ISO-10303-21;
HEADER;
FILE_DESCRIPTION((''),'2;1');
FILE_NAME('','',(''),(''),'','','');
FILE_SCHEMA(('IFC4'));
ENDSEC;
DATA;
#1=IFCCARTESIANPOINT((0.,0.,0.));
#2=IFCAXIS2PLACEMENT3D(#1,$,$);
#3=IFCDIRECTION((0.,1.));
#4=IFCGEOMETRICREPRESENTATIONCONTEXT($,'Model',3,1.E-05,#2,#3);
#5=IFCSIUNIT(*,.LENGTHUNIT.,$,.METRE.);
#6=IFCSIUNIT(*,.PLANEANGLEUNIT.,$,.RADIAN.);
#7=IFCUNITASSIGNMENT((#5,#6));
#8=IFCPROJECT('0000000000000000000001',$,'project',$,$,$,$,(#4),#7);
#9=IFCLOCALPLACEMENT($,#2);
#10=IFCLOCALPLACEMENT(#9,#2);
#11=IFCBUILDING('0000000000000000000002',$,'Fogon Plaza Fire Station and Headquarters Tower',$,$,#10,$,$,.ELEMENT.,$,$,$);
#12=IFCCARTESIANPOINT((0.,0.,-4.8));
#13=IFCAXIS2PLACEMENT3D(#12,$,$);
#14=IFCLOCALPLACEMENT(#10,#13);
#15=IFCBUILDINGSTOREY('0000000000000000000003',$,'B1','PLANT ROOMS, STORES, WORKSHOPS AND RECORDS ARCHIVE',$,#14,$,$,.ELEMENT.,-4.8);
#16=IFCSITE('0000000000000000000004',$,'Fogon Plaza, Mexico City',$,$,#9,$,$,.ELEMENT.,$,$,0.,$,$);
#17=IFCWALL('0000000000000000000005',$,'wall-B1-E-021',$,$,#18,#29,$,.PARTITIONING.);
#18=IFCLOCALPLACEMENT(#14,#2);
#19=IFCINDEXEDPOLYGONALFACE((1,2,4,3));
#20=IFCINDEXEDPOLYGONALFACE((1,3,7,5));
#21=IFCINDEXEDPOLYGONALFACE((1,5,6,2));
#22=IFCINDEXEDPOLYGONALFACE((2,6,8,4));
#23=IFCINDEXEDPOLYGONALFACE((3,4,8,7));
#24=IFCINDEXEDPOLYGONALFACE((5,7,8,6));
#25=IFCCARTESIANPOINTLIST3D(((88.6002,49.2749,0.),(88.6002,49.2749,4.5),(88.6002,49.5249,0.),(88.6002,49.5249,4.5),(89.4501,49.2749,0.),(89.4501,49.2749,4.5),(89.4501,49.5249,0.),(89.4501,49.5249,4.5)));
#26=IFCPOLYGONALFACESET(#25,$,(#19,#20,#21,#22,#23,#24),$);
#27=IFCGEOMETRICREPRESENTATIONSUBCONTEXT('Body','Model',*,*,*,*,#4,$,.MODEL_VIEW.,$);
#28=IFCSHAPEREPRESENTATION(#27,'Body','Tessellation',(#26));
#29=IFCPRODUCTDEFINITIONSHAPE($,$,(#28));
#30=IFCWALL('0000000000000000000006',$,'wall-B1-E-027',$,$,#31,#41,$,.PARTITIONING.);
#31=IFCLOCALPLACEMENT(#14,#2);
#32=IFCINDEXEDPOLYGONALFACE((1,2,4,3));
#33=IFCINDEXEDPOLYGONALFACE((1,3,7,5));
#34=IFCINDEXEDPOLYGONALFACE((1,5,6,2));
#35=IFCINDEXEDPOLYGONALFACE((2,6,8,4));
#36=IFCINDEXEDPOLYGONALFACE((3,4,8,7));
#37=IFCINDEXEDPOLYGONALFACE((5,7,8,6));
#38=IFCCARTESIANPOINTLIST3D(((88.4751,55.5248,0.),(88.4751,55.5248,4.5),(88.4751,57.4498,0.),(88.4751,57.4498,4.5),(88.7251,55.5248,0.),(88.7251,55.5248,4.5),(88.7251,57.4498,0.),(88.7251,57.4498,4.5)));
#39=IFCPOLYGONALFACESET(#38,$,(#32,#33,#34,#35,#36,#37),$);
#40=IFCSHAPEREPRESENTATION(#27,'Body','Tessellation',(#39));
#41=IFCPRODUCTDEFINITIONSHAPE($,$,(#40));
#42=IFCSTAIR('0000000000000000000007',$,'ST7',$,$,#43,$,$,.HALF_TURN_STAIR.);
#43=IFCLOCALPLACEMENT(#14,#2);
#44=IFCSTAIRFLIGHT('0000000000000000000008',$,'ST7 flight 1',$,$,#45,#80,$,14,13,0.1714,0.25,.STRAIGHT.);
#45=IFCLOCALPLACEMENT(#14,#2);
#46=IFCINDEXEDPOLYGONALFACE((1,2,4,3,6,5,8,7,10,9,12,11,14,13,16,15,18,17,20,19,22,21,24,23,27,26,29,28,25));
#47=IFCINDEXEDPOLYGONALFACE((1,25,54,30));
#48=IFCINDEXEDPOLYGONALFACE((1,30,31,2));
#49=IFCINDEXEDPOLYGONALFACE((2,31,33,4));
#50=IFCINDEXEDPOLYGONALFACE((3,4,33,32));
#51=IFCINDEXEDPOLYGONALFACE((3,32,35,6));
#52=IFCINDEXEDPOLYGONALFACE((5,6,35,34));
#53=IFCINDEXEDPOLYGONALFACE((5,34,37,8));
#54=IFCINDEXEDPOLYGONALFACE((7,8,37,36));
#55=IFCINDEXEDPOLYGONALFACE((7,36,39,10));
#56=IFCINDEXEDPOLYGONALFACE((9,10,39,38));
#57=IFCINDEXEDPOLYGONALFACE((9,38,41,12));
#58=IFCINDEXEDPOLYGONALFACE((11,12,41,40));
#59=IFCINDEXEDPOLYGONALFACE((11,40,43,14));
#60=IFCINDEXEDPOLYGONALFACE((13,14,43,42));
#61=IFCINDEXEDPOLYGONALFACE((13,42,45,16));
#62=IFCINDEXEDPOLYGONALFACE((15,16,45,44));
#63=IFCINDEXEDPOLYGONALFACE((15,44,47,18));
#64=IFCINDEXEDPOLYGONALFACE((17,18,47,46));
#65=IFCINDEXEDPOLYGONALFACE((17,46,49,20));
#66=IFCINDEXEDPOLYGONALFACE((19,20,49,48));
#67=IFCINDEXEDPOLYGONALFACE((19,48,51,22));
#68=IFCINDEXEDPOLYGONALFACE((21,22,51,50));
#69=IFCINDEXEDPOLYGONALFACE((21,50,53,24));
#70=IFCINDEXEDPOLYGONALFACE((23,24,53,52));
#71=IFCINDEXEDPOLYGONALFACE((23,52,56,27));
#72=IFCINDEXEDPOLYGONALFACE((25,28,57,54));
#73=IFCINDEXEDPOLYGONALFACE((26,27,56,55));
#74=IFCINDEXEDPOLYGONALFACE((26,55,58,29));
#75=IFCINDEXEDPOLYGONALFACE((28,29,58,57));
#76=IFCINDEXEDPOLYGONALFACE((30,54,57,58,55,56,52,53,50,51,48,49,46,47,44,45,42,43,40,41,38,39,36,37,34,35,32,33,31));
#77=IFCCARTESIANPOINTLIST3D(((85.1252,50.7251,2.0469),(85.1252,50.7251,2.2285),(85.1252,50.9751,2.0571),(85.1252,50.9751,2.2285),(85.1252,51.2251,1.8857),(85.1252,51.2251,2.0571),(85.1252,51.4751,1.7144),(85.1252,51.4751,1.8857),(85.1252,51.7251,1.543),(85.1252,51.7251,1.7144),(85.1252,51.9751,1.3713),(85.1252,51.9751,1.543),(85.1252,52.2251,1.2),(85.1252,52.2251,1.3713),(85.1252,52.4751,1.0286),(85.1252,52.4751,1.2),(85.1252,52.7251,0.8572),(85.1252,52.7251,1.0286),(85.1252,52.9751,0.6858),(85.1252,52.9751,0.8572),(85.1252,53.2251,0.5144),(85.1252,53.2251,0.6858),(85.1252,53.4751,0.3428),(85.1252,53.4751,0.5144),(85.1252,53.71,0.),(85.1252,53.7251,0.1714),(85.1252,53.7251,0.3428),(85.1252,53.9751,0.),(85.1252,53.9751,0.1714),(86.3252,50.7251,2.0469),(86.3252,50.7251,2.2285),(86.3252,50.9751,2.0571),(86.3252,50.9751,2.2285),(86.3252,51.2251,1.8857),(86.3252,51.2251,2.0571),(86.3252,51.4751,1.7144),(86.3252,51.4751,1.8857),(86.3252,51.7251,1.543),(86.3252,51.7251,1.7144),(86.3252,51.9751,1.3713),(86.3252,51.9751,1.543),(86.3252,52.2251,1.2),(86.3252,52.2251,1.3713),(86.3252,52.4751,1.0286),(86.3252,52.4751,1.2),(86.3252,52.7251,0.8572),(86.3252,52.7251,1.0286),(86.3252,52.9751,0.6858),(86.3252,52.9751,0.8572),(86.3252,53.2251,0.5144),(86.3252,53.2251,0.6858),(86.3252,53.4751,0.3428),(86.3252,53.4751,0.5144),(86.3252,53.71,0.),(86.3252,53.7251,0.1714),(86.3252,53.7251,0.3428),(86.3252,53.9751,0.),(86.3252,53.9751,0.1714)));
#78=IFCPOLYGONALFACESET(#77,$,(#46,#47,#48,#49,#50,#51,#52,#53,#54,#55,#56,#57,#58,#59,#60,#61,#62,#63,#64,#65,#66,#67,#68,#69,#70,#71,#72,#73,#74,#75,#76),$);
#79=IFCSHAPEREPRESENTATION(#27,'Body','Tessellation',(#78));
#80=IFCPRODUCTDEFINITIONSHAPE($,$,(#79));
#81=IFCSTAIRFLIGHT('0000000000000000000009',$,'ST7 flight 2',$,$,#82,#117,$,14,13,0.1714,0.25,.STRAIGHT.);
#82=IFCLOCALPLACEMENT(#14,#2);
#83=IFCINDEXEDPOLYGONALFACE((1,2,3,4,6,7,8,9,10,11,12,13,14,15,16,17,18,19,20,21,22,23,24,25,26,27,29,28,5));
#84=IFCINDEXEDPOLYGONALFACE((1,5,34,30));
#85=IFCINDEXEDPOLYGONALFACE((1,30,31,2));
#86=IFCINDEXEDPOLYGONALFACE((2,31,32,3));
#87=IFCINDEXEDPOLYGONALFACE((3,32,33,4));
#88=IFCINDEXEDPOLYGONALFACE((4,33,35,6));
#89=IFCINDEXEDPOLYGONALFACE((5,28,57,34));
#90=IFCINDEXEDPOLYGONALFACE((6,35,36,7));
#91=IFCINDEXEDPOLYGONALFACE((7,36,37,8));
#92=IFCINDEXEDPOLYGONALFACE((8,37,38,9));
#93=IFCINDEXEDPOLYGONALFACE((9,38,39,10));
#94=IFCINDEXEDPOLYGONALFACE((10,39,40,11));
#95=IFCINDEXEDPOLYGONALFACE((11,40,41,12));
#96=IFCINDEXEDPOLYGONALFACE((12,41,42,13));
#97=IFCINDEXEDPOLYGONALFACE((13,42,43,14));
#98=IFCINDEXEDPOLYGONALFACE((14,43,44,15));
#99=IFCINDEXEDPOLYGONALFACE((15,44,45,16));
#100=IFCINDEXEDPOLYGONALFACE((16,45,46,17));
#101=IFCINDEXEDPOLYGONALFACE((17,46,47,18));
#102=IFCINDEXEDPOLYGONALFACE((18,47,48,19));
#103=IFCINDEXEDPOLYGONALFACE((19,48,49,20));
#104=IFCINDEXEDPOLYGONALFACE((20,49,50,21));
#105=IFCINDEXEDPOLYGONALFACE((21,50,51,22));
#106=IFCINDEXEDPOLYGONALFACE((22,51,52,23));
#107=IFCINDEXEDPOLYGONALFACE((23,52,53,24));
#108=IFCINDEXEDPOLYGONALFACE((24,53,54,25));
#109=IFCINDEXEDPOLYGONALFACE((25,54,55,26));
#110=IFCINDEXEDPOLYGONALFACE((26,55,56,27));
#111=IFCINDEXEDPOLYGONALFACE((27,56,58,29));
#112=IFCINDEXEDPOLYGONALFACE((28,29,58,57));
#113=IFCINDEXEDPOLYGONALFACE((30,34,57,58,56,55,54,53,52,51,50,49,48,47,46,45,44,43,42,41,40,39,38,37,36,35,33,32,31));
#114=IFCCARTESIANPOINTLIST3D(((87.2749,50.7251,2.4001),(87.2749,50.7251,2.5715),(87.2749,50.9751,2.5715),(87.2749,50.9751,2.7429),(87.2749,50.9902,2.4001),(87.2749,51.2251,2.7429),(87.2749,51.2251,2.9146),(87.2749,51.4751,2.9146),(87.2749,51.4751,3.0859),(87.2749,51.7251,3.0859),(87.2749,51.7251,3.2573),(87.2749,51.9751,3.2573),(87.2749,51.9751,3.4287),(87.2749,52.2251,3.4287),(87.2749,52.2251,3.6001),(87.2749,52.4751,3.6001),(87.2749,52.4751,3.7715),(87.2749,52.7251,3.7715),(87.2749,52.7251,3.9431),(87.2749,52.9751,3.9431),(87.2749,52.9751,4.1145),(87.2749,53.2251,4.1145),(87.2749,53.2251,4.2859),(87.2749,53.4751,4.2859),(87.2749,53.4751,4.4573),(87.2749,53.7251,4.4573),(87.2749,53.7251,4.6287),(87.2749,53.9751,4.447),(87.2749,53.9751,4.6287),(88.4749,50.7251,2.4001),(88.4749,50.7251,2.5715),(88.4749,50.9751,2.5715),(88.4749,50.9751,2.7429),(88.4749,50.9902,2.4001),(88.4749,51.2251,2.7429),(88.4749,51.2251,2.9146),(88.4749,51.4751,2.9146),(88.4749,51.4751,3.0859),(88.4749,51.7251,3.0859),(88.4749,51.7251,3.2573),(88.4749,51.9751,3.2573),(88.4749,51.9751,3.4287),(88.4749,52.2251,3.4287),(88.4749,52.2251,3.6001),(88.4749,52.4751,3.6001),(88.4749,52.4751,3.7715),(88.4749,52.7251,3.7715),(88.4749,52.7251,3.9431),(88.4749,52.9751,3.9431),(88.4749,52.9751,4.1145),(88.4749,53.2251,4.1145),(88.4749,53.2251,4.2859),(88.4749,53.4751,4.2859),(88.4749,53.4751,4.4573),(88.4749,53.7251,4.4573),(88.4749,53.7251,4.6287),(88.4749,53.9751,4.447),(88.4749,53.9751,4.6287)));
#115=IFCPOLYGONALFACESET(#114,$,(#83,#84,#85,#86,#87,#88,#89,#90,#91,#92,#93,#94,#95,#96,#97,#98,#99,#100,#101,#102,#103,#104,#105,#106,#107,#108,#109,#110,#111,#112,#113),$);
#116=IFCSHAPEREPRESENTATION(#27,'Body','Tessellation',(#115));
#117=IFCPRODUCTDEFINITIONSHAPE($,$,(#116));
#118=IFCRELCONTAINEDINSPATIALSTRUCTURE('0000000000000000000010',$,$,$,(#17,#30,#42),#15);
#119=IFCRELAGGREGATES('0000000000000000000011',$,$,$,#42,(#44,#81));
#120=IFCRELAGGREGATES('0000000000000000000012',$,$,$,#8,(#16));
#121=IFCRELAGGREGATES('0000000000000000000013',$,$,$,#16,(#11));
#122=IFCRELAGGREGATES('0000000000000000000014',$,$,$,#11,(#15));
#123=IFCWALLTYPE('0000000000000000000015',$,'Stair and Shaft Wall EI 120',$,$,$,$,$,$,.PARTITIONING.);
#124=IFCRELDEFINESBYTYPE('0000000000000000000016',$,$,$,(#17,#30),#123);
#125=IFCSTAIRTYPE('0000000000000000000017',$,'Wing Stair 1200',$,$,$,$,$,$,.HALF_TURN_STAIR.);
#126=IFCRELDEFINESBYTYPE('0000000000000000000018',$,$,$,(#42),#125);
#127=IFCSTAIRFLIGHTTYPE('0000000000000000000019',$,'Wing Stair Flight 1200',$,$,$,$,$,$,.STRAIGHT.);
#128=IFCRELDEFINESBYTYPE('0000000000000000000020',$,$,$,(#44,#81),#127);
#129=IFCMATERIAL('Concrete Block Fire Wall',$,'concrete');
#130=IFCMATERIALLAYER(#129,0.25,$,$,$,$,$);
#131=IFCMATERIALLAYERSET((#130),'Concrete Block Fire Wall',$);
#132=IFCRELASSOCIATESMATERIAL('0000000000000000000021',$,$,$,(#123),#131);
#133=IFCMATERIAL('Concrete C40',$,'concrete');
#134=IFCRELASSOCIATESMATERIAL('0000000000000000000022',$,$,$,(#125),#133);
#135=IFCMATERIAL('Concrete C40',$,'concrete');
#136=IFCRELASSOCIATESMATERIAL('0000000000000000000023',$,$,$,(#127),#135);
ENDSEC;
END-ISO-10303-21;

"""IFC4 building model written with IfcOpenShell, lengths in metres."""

from ifc_helpers import new_model, si_unit, direction, frame, frame_2d, origin, place, context, subcontext, project, spatial, polyline, rectangle, outline, extrude, material, layer, layer_set, type_object, element, aggregate, save


model = new_model("IFC4")

# Units and contexts
model_context = context("Model", 3, precision=1e-05, world=origin(), true_north=direction((0.0, 1.0)))
body_context = subcontext(model_context, "Body", "Model", "MODEL_VIEW")
ifc_project = project(units=[si_unit("LENGTHUNIT", "METRE"), si_unit("PLANEANGLEUNIT", "RADIAN")], contexts=[model_context])

# Site, building, storey
site_placement = place(None, origin())
site = spatial("IfcSite", under=ifc_project, at=site_placement, Name="Fogon Plaza, Mexico City", CompositionType="ELEMENT", RefElevation=0.0)
building_placement = place(site_placement, origin())
building = spatial("IfcBuilding", under=site, at=building_placement, Name="Fogon Plaza Fire Station and Headquarters Tower", CompositionType="ELEMENT")
storey_placement = place(building_placement, frame((0.0, 0.0, -4.8)))
storey = spatial("IfcBuildingStorey", under=building, at=storey_placement, Name="B1", Description="PLANT ROOMS, STORES, WORKSHOPS AND RECORDS ARCHIVE", CompositionType="ELEMENT", Elevation=-4.8)

# Walls
ifc_material_1 = material(Name="Concrete Block Fire Wall", Category="concrete")
ifc_layer_1 = layer(ifc_material_1, 0.25)
ifc_layer_set_1 = layer_set([ifc_layer_1], Name="Concrete Block Fire Wall")
wall_type_1 = type_object("IfcWallType", Name="Stair and Shaft Wall EI 120", PredefinedType="PARTITIONING", material=ifc_layer_set_1)
wall_1_placement = place(storey_placement, frame((89.45, 49.3999, 0.0), z_axis=(0.0, 0.0, 1.0), x_axis=(-1.0, 0.0, 0.0)))
element("IfcWall", 1, at=wall_1_placement, inside=storey, type_object=wall_type_1, Name="wall-B1-E-021", PredefinedType="PARTITIONING", context=body_context, shape_type="SweptSolid", body=[
    extrude(rectangle(XDim=0.8499, YDim=0.25, at=frame_2d((0.4248, 0.0))), origin(), (0.0, 0.0, 1.0), 4.5),
])
wall_2_placement = place(storey_placement, frame((88.6001, 55.5249, 0.0), z_axis=(0.0, 0.0, 1.0), x_axis=(0.0, 1.0, 0.0)))
element("IfcWall", 2, at=wall_2_placement, inside=storey, type_object=wall_type_1, Name="wall-B1-E-027", PredefinedType="PARTITIONING", context=body_context, shape_type="SweptSolid", body=[
    extrude(rectangle(XDim=1.925, YDim=0.25, at=frame_2d((0.9624, 0.0))), origin(), (0.0, 0.0, 1.0), 4.5),
])

# Stair, stair flights
ifc_material_2 = material(Name="Concrete C40", Category="concrete")
stair_type = type_object("IfcStairType", Name="Wing Stair 1200", PredefinedType="HALF_TURN_STAIR", material=ifc_material_2)
stair_placement = place(storey_placement, origin())
stair = element("IfcStair", 3, at=stair_placement, inside=storey, type_object=stair_type, Name="ST7", PredefinedType="HALF_TURN_STAIR")
ifc_material_3 = material(Name="Concrete C40", Category="concrete")
stair_flight_type = type_object("IfcStairFlightType", Name="Wing Stair Flight 1200", PredefinedType="STRAIGHT", material=ifc_material_3)
stair_flight_1_placement = place(storey_placement, frame((85.7251, 53.9751, 0.0), z_axis=(0.0, 0.0, 1.0), x_axis=(0.0, -1.0, 0.0)))
stair_flight_1 = element("IfcStairFlight", 4, at=stair_flight_1_placement, type_object=stair_flight_type, Name="ST7 flight 1", NumberOfRisers=14, NumberOfTreads=13, PredefinedType="STRAIGHT", RiserHeight=0.1714, TreadLength=0.25, context=body_context, shape_type="SweptSolid", body=[
    extrude(outline(polyline([(0.0, 0.0), (0.0, 0.1714), (0.25, 0.1714), (0.25, 0.3428), (0.5, 0.3428), (0.5, 0.5144), (0.75, 0.5144), (0.75, 0.6858), (1.0, 0.6858), (1.0, 0.8572), (1.25, 0.8572), (1.25, 1.0286), (1.5, 1.0286), (1.5, 1.2), (1.75, 1.2), (1.75, 1.3713), (2.0, 1.3713), (2.0, 1.543), (2.25, 1.543), (2.25, 1.7144), (2.5, 1.7144), (2.5, 1.8857), (2.75, 1.8857), (2.75, 2.0571), (3.0, 2.0571), (3.0, 2.2285), (3.25, 2.2285), (3.25, 2.3999), (3.25, 2.0469), (0.2651, 0.0), (0.0, 0.0)])), frame((0.0, 0.6001, 0.0), z_axis=(0.0, -1.0, 0.0), x_axis=(1.0, 0.0, 0.0)), (0.0, 0.0, 1.0), 1.2),
])
stair_flight_2_placement = place(storey_placement, frame((87.875, 50.7251, 2.4001), z_axis=(0.0, 0.0, 1.0), x_axis=(0.0, 1.0, 0.0)))
stair_flight_2 = element("IfcStairFlight", 5, at=stair_flight_2_placement, type_object=stair_flight_type, Name="ST7 flight 2", NumberOfRisers=14, NumberOfTreads=13, PredefinedType="STRAIGHT", RiserHeight=0.1714, TreadLength=0.25, context=body_context, shape_type="SweptSolid", body=[
    extrude(outline(polyline([(0.0, 0.0), (0.0, 0.1714), (0.25, 0.1714), (0.25, 0.3428), (0.5, 0.3428), (0.5, 0.5144), (0.75, 0.5144), (0.75, 0.6858), (1.0, 0.6858), (1.0, 0.8572), (1.25, 0.8572), (1.25, 1.0286), (1.5, 1.0286), (1.5, 1.2), (1.75, 1.2), (1.75, 1.3713), (2.0, 1.3713), (2.0, 1.543), (2.25, 1.543), (2.25, 1.7144), (2.5, 1.7144), (2.5, 1.8857), (2.75, 1.8857), (2.75, 2.0571), (3.0, 2.0571), (3.0, 2.2285), (3.25, 2.2285), (3.25, 2.3999), (3.25, 2.0469), (0.2651, 0.0), (0.0, 0.0)])), frame((0.0, 0.6001, 0.0), z_axis=(0.0, -1.0, 0.0), x_axis=(1.0, 0.0, 0.0)), (0.0, 0.0, 1.0), 1.2),
])
aggregate(stair, [stair_flight_1, stair_flight_2])

save(model, "model.ifc")
